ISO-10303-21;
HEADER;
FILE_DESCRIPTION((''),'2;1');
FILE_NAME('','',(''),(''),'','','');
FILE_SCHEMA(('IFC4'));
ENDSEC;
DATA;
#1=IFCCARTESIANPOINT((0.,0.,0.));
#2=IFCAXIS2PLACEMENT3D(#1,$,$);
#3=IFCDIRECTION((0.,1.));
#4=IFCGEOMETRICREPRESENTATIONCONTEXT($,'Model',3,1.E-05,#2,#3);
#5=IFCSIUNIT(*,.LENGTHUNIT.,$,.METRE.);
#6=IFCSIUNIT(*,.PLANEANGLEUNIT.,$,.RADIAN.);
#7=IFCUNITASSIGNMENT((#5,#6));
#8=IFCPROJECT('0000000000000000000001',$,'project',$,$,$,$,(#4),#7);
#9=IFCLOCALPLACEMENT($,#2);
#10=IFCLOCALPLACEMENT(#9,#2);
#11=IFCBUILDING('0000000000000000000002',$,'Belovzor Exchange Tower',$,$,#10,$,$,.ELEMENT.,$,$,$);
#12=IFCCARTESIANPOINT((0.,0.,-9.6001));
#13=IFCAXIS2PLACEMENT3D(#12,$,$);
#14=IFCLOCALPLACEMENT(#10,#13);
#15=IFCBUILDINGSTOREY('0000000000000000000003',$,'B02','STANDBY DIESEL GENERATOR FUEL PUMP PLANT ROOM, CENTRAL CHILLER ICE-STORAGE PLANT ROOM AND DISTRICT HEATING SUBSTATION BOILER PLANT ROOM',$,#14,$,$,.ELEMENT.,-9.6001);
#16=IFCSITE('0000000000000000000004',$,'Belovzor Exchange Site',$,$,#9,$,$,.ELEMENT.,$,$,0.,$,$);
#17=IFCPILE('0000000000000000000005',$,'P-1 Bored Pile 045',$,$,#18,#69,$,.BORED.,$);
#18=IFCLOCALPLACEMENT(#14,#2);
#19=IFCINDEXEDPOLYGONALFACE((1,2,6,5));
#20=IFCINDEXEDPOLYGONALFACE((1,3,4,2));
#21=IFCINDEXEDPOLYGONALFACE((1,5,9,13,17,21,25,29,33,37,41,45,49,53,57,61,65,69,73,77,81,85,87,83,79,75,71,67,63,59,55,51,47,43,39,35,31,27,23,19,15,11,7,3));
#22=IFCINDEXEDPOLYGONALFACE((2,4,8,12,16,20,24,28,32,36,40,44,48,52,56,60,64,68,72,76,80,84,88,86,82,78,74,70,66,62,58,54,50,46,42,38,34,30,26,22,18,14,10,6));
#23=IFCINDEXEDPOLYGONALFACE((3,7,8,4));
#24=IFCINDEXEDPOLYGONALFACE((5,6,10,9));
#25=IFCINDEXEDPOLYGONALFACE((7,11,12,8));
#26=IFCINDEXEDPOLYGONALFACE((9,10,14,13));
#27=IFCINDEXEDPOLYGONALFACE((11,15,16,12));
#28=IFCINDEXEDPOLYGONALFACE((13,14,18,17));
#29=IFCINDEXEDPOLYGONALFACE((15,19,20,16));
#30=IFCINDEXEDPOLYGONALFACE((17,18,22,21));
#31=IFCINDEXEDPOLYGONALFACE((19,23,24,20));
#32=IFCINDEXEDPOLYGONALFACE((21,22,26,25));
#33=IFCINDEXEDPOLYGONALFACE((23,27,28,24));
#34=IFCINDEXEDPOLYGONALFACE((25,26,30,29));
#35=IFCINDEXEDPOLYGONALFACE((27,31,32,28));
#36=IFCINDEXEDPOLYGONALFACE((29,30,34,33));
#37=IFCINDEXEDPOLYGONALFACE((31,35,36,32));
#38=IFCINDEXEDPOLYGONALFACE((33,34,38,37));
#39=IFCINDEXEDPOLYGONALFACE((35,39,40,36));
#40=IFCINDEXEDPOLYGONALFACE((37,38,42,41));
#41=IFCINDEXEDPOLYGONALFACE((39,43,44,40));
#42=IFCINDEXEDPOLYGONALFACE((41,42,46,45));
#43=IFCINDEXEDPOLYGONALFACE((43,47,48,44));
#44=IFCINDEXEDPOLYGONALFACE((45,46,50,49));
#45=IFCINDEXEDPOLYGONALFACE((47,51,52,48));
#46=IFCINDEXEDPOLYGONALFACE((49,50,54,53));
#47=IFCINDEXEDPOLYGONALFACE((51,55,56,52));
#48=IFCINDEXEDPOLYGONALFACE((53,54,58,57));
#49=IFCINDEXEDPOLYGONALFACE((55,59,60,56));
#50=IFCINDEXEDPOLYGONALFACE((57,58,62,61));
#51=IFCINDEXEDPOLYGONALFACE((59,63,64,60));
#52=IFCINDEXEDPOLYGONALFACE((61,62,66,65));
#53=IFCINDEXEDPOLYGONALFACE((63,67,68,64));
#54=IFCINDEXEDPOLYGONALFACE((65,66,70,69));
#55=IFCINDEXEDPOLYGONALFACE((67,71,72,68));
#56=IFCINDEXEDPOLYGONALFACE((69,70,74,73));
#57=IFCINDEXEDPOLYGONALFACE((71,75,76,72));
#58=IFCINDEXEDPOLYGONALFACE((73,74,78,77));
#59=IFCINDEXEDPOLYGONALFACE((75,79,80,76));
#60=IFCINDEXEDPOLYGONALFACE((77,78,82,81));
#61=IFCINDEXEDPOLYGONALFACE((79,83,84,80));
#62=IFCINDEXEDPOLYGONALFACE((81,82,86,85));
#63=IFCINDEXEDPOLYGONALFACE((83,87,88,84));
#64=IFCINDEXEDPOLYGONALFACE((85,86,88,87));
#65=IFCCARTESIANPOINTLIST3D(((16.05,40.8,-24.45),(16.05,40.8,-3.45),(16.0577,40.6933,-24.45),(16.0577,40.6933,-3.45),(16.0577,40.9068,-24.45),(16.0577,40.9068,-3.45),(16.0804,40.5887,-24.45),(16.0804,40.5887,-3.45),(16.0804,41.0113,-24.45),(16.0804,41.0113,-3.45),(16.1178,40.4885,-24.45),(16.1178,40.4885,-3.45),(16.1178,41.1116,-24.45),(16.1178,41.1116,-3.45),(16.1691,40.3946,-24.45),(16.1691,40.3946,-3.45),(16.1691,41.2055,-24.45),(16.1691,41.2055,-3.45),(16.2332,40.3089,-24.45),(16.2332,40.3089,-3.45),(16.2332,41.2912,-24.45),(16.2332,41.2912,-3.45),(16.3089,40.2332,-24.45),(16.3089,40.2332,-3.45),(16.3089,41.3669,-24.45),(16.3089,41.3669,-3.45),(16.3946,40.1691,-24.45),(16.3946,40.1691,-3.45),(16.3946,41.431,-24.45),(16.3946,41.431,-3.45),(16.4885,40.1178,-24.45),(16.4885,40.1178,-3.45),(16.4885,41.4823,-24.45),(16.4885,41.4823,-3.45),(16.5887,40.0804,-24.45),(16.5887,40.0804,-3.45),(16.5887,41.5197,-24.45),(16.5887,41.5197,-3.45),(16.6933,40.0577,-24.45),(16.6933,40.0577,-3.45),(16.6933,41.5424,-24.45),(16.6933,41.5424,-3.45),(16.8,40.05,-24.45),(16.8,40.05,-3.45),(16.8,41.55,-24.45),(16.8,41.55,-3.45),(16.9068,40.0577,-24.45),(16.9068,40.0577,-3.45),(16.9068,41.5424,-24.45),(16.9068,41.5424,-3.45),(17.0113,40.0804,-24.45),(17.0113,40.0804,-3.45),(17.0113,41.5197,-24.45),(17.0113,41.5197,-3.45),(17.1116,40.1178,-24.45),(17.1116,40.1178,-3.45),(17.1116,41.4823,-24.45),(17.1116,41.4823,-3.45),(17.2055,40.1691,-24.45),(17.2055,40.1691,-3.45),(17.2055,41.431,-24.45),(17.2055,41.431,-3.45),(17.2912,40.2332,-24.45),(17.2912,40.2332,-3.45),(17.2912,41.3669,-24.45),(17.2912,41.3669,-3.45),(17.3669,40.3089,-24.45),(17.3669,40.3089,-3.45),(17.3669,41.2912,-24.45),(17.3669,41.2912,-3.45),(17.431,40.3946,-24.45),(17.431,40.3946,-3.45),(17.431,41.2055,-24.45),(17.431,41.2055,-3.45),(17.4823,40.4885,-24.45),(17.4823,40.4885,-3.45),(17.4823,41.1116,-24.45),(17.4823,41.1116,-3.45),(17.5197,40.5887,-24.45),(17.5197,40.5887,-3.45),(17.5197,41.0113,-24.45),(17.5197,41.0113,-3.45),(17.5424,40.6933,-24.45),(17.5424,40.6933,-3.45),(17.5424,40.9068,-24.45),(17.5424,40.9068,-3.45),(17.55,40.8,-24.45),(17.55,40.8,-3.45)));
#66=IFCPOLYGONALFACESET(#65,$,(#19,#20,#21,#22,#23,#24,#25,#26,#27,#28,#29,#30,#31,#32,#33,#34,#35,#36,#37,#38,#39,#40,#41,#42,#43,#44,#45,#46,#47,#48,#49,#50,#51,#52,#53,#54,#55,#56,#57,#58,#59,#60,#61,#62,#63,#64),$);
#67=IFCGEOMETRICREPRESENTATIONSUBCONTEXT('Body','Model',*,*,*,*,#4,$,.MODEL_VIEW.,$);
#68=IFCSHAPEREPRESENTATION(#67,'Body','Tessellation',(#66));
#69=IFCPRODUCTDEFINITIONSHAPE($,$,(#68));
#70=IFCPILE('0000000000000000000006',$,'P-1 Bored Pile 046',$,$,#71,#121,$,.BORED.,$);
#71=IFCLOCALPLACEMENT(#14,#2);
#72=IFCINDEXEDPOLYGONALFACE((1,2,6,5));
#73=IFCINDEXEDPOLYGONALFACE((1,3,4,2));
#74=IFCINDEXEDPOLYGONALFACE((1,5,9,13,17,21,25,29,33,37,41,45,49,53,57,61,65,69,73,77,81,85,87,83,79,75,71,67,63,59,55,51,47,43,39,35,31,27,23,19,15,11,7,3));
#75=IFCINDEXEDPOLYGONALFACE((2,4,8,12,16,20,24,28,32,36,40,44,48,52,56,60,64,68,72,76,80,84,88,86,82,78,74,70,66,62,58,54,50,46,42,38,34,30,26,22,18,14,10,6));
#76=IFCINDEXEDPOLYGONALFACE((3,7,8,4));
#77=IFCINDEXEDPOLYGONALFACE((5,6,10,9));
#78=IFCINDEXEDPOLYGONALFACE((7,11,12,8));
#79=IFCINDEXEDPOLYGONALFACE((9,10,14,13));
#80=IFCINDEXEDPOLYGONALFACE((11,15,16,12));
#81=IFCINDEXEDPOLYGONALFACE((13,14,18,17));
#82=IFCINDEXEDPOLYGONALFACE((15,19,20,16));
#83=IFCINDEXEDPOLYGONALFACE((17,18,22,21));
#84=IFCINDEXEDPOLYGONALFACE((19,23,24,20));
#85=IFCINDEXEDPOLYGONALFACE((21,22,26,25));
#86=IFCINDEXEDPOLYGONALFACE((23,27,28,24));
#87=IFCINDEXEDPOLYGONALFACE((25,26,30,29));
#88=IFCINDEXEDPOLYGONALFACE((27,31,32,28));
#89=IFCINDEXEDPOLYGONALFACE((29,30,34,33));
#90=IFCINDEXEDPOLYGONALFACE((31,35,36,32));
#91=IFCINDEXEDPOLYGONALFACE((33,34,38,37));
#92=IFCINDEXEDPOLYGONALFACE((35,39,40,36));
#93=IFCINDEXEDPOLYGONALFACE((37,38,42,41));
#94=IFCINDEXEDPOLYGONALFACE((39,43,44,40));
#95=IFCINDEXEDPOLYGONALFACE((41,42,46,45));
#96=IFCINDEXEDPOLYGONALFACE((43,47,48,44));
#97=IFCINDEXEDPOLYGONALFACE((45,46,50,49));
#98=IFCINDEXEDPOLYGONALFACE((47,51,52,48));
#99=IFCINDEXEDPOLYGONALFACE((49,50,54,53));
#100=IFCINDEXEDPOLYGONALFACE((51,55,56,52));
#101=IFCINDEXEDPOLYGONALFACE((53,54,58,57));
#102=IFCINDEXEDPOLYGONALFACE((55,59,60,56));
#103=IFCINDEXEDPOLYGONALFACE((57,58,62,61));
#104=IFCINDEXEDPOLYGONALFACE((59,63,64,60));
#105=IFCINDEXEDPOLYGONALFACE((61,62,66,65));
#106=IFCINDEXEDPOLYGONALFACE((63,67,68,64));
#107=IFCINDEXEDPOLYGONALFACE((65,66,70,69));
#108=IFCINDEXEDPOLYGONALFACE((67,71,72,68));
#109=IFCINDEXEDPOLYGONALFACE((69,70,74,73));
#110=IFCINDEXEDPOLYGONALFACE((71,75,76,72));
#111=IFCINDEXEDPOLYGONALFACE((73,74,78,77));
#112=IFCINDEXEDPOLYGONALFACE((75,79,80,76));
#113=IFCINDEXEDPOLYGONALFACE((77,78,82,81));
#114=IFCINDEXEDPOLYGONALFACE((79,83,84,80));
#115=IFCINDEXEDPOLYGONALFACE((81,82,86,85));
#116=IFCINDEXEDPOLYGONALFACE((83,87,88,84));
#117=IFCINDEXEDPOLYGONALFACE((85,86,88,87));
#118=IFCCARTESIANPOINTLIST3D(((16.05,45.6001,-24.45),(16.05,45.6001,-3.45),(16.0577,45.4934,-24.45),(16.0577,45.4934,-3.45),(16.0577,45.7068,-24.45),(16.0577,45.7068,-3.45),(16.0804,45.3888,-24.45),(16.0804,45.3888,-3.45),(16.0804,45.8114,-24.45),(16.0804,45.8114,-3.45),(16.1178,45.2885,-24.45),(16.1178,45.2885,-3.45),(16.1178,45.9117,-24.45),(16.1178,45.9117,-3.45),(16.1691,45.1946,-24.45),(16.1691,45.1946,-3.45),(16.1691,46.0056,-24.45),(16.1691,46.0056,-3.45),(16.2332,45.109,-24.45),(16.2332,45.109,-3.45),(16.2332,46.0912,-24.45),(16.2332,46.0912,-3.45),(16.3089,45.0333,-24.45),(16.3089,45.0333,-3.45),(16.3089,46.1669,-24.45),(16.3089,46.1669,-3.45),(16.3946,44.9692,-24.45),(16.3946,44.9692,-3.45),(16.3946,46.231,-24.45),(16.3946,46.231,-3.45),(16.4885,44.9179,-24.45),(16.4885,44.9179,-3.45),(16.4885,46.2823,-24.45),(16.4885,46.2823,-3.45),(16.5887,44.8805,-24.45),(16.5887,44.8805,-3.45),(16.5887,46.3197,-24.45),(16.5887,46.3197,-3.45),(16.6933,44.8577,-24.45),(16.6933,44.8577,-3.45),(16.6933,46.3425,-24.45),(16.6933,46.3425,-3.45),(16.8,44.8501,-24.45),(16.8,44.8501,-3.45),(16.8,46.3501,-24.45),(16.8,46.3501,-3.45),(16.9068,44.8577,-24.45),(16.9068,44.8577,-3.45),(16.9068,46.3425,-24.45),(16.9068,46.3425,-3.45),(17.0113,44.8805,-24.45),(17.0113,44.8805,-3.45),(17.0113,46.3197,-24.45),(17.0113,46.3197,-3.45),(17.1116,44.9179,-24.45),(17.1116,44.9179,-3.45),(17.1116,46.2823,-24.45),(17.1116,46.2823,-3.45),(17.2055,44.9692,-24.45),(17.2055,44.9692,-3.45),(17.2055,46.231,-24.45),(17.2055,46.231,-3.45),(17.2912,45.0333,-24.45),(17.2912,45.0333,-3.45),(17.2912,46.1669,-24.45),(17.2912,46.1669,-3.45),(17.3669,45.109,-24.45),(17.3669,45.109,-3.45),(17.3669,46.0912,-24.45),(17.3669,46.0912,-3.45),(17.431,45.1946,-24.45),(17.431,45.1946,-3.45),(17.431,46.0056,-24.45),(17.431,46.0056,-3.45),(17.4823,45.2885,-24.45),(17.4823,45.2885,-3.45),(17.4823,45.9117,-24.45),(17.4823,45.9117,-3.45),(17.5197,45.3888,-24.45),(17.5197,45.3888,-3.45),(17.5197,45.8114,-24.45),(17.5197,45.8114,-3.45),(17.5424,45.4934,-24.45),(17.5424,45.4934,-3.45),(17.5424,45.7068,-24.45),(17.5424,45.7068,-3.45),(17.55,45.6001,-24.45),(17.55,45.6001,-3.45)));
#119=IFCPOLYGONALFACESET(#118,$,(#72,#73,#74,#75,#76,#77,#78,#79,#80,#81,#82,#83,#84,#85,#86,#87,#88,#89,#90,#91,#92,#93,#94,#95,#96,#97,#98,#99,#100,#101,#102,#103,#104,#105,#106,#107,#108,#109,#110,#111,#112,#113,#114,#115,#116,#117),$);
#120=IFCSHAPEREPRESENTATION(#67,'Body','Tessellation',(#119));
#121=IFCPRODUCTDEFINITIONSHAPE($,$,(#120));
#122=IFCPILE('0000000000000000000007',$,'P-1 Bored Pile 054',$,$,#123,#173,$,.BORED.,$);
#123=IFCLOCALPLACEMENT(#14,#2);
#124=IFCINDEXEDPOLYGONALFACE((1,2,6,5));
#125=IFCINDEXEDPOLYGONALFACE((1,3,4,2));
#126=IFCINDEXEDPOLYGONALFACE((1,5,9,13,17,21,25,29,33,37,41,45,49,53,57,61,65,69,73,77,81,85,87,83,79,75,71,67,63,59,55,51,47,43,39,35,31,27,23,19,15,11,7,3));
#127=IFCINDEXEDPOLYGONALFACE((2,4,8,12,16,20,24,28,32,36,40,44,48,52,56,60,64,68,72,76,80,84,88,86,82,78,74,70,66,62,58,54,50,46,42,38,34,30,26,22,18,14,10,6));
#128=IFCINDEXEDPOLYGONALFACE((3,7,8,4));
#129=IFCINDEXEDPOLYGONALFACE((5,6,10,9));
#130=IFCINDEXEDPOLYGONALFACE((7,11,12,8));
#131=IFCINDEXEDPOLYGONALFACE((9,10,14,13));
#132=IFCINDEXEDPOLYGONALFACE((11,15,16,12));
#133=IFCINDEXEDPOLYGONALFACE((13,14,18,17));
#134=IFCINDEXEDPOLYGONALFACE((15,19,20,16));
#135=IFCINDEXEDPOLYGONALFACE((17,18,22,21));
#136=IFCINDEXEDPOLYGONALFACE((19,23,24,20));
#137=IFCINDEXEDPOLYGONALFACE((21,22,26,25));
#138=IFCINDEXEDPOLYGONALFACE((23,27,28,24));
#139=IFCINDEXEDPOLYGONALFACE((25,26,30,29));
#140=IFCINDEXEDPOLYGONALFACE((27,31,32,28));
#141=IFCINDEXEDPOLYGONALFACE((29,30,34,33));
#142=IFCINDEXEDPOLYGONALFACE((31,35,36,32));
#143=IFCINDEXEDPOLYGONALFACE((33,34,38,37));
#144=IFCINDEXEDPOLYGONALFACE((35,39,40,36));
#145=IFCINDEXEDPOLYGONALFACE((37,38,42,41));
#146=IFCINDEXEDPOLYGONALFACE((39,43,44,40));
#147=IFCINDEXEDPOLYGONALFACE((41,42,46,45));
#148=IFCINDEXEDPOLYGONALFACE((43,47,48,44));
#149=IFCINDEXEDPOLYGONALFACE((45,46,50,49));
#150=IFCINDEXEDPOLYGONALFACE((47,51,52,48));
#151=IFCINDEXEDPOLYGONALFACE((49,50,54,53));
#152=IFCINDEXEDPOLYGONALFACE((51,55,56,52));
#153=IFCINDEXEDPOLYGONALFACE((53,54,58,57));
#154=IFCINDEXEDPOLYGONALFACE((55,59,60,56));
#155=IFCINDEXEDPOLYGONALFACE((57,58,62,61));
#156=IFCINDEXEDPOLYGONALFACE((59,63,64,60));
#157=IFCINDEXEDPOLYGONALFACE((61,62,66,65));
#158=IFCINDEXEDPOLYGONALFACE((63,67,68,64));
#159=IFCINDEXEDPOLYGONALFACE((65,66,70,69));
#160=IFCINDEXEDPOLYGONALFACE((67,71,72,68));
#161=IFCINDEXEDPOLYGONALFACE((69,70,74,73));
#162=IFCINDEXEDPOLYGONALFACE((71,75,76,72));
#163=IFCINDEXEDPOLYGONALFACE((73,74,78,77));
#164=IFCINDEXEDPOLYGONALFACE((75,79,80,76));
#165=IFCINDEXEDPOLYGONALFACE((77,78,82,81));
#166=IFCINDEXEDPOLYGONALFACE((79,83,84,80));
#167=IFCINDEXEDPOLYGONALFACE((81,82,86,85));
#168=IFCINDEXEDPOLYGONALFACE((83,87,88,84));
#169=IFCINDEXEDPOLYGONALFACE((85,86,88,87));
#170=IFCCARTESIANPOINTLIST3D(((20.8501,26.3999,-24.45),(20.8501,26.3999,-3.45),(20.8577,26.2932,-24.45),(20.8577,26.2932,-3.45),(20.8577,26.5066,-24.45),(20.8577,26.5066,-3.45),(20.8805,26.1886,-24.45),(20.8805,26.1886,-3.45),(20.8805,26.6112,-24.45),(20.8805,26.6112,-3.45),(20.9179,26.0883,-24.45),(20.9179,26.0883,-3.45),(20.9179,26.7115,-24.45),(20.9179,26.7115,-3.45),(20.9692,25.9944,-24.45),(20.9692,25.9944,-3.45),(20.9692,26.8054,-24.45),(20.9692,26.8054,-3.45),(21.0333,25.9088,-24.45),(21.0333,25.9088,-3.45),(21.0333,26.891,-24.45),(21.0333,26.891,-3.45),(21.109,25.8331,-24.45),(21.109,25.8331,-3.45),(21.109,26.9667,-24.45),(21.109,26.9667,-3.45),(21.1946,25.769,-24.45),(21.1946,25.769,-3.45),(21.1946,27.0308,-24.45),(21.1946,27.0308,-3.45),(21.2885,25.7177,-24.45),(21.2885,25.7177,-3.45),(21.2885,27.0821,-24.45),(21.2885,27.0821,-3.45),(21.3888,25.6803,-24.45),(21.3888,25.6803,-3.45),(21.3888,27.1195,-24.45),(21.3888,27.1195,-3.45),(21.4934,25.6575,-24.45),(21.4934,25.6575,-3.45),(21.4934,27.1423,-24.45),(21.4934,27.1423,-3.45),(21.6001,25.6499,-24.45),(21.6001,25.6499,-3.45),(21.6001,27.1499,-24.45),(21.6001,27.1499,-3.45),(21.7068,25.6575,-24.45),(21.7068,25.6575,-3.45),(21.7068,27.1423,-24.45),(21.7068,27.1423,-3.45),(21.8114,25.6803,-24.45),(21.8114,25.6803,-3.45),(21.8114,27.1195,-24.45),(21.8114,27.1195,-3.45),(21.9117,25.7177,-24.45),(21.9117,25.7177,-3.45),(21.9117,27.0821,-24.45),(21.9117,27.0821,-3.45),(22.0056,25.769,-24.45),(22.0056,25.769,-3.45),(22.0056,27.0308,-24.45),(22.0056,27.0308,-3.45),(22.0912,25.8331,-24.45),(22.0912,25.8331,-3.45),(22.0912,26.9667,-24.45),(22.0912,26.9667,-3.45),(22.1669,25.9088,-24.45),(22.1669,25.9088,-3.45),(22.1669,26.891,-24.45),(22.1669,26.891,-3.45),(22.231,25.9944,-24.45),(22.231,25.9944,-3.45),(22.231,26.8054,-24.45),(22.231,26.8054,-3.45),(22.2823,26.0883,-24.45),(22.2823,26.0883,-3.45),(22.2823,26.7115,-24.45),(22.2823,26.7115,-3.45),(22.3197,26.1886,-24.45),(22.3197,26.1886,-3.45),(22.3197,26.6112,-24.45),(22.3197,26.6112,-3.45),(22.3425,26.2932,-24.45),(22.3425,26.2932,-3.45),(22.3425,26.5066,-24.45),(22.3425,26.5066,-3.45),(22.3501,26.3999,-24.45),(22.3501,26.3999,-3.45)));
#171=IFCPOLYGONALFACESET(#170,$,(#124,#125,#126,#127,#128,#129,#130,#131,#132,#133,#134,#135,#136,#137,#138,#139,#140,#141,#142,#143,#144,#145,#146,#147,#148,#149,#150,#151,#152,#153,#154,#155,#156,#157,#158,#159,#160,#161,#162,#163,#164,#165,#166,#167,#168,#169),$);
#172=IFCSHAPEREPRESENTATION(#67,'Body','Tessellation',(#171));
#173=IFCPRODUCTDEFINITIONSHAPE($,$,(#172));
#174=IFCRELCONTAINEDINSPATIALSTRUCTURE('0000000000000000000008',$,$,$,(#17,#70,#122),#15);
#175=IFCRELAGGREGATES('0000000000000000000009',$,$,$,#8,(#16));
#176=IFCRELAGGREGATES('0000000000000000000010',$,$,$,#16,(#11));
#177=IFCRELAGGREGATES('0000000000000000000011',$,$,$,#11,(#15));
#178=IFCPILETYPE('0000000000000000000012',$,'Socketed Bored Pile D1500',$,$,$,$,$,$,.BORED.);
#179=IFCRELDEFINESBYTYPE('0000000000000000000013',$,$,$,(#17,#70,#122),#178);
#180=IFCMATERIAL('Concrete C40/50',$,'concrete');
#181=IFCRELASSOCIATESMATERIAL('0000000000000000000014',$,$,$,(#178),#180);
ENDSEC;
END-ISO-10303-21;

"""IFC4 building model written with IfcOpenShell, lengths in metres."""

from ifc_helpers import new_model, si_unit, direction, frame, origin, origin_2d, place, context, subcontext, project, spatial, circle, extrude, material, material_profile, profile_set, type_object, element, save


model = new_model("IFC4")

# Units and contexts
model_context = context("Model", 3, precision=1e-05, world=origin(), true_north=direction((0.0, 1.0)))
body_context = subcontext(model_context, "Body", "Model", "MODEL_VIEW")
ifc_project = project(units=[si_unit("LENGTHUNIT", "METRE"), si_unit("PLANEANGLEUNIT", "RADIAN")], contexts=[model_context])

# Site, building, storey
site_placement = place(None, origin())
site = spatial("IfcSite", under=ifc_project, at=site_placement, Name="Belovzor Exchange Site", CompositionType="ELEMENT", RefElevation=0.0)
building_placement = place(site_placement, origin())
building = spatial("IfcBuilding", under=site, at=building_placement, Name="Belovzor Exchange Tower", CompositionType="ELEMENT")
storey_placement = place(building_placement, frame((0.0, 0.0, -9.6001)))
storey = spatial("IfcBuildingStorey", under=building, at=storey_placement, Name="B02", Description="STANDBY DIESEL GENERATOR FUEL PUMP PLANT ROOM, CENTRAL CHILLER ICE-STORAGE PLANT ROOM AND DISTRICT HEATING SUBSTATION BOILER PLANT ROOM", CompositionType="ELEMENT", Elevation=-9.6001)

# Piles
ifc_material_1 = material(Name="Concrete C40/50", Category="concrete")
ifc_material_profile_1 = material_profile(ifc_material_1, circle(Radius=0.75, at=origin_2d()))
ifc_profile_set_1 = profile_set([ifc_material_profile_1], Name="Concrete C40/50")
pile_type_1 = type_object("IfcPileType", Name="Socketed Bored Pile D1500", PredefinedType="BORED", material=ifc_profile_set_1)
for number, where, z_axis, x_axis, name in (
    (1, (16.8, 40.8, -3.45), (0.0, 0.0, -1.0), (1.0, 0.0, 0.0), "P-1 Bored Pile 045"),
    (2, (16.8, 45.6001, -3.45), (0.0, 0.0, -1.0), (1.0, 0.0, 0.0), "P-1 Bored Pile 046"),
    (3, (21.6001, 26.3999, -3.45), (0.0, 0.0, -1.0), (1.0, 0.0, 0.0), "P-1 Bored Pile 054"),
):
    element("IfcPile", number, at=place(storey_placement, frame(where, z_axis=z_axis, x_axis=x_axis)), inside=storey, type_object=pile_type_1, Name=name, PredefinedType="BORED", context=body_context, shape_type="SweptSolid", body=[
        extrude(circle(Radius=0.75, at=origin_2d()), origin(), (0.0, 0.0, 1.0), 21.0),
    ])

save(model, "model.ifc")
